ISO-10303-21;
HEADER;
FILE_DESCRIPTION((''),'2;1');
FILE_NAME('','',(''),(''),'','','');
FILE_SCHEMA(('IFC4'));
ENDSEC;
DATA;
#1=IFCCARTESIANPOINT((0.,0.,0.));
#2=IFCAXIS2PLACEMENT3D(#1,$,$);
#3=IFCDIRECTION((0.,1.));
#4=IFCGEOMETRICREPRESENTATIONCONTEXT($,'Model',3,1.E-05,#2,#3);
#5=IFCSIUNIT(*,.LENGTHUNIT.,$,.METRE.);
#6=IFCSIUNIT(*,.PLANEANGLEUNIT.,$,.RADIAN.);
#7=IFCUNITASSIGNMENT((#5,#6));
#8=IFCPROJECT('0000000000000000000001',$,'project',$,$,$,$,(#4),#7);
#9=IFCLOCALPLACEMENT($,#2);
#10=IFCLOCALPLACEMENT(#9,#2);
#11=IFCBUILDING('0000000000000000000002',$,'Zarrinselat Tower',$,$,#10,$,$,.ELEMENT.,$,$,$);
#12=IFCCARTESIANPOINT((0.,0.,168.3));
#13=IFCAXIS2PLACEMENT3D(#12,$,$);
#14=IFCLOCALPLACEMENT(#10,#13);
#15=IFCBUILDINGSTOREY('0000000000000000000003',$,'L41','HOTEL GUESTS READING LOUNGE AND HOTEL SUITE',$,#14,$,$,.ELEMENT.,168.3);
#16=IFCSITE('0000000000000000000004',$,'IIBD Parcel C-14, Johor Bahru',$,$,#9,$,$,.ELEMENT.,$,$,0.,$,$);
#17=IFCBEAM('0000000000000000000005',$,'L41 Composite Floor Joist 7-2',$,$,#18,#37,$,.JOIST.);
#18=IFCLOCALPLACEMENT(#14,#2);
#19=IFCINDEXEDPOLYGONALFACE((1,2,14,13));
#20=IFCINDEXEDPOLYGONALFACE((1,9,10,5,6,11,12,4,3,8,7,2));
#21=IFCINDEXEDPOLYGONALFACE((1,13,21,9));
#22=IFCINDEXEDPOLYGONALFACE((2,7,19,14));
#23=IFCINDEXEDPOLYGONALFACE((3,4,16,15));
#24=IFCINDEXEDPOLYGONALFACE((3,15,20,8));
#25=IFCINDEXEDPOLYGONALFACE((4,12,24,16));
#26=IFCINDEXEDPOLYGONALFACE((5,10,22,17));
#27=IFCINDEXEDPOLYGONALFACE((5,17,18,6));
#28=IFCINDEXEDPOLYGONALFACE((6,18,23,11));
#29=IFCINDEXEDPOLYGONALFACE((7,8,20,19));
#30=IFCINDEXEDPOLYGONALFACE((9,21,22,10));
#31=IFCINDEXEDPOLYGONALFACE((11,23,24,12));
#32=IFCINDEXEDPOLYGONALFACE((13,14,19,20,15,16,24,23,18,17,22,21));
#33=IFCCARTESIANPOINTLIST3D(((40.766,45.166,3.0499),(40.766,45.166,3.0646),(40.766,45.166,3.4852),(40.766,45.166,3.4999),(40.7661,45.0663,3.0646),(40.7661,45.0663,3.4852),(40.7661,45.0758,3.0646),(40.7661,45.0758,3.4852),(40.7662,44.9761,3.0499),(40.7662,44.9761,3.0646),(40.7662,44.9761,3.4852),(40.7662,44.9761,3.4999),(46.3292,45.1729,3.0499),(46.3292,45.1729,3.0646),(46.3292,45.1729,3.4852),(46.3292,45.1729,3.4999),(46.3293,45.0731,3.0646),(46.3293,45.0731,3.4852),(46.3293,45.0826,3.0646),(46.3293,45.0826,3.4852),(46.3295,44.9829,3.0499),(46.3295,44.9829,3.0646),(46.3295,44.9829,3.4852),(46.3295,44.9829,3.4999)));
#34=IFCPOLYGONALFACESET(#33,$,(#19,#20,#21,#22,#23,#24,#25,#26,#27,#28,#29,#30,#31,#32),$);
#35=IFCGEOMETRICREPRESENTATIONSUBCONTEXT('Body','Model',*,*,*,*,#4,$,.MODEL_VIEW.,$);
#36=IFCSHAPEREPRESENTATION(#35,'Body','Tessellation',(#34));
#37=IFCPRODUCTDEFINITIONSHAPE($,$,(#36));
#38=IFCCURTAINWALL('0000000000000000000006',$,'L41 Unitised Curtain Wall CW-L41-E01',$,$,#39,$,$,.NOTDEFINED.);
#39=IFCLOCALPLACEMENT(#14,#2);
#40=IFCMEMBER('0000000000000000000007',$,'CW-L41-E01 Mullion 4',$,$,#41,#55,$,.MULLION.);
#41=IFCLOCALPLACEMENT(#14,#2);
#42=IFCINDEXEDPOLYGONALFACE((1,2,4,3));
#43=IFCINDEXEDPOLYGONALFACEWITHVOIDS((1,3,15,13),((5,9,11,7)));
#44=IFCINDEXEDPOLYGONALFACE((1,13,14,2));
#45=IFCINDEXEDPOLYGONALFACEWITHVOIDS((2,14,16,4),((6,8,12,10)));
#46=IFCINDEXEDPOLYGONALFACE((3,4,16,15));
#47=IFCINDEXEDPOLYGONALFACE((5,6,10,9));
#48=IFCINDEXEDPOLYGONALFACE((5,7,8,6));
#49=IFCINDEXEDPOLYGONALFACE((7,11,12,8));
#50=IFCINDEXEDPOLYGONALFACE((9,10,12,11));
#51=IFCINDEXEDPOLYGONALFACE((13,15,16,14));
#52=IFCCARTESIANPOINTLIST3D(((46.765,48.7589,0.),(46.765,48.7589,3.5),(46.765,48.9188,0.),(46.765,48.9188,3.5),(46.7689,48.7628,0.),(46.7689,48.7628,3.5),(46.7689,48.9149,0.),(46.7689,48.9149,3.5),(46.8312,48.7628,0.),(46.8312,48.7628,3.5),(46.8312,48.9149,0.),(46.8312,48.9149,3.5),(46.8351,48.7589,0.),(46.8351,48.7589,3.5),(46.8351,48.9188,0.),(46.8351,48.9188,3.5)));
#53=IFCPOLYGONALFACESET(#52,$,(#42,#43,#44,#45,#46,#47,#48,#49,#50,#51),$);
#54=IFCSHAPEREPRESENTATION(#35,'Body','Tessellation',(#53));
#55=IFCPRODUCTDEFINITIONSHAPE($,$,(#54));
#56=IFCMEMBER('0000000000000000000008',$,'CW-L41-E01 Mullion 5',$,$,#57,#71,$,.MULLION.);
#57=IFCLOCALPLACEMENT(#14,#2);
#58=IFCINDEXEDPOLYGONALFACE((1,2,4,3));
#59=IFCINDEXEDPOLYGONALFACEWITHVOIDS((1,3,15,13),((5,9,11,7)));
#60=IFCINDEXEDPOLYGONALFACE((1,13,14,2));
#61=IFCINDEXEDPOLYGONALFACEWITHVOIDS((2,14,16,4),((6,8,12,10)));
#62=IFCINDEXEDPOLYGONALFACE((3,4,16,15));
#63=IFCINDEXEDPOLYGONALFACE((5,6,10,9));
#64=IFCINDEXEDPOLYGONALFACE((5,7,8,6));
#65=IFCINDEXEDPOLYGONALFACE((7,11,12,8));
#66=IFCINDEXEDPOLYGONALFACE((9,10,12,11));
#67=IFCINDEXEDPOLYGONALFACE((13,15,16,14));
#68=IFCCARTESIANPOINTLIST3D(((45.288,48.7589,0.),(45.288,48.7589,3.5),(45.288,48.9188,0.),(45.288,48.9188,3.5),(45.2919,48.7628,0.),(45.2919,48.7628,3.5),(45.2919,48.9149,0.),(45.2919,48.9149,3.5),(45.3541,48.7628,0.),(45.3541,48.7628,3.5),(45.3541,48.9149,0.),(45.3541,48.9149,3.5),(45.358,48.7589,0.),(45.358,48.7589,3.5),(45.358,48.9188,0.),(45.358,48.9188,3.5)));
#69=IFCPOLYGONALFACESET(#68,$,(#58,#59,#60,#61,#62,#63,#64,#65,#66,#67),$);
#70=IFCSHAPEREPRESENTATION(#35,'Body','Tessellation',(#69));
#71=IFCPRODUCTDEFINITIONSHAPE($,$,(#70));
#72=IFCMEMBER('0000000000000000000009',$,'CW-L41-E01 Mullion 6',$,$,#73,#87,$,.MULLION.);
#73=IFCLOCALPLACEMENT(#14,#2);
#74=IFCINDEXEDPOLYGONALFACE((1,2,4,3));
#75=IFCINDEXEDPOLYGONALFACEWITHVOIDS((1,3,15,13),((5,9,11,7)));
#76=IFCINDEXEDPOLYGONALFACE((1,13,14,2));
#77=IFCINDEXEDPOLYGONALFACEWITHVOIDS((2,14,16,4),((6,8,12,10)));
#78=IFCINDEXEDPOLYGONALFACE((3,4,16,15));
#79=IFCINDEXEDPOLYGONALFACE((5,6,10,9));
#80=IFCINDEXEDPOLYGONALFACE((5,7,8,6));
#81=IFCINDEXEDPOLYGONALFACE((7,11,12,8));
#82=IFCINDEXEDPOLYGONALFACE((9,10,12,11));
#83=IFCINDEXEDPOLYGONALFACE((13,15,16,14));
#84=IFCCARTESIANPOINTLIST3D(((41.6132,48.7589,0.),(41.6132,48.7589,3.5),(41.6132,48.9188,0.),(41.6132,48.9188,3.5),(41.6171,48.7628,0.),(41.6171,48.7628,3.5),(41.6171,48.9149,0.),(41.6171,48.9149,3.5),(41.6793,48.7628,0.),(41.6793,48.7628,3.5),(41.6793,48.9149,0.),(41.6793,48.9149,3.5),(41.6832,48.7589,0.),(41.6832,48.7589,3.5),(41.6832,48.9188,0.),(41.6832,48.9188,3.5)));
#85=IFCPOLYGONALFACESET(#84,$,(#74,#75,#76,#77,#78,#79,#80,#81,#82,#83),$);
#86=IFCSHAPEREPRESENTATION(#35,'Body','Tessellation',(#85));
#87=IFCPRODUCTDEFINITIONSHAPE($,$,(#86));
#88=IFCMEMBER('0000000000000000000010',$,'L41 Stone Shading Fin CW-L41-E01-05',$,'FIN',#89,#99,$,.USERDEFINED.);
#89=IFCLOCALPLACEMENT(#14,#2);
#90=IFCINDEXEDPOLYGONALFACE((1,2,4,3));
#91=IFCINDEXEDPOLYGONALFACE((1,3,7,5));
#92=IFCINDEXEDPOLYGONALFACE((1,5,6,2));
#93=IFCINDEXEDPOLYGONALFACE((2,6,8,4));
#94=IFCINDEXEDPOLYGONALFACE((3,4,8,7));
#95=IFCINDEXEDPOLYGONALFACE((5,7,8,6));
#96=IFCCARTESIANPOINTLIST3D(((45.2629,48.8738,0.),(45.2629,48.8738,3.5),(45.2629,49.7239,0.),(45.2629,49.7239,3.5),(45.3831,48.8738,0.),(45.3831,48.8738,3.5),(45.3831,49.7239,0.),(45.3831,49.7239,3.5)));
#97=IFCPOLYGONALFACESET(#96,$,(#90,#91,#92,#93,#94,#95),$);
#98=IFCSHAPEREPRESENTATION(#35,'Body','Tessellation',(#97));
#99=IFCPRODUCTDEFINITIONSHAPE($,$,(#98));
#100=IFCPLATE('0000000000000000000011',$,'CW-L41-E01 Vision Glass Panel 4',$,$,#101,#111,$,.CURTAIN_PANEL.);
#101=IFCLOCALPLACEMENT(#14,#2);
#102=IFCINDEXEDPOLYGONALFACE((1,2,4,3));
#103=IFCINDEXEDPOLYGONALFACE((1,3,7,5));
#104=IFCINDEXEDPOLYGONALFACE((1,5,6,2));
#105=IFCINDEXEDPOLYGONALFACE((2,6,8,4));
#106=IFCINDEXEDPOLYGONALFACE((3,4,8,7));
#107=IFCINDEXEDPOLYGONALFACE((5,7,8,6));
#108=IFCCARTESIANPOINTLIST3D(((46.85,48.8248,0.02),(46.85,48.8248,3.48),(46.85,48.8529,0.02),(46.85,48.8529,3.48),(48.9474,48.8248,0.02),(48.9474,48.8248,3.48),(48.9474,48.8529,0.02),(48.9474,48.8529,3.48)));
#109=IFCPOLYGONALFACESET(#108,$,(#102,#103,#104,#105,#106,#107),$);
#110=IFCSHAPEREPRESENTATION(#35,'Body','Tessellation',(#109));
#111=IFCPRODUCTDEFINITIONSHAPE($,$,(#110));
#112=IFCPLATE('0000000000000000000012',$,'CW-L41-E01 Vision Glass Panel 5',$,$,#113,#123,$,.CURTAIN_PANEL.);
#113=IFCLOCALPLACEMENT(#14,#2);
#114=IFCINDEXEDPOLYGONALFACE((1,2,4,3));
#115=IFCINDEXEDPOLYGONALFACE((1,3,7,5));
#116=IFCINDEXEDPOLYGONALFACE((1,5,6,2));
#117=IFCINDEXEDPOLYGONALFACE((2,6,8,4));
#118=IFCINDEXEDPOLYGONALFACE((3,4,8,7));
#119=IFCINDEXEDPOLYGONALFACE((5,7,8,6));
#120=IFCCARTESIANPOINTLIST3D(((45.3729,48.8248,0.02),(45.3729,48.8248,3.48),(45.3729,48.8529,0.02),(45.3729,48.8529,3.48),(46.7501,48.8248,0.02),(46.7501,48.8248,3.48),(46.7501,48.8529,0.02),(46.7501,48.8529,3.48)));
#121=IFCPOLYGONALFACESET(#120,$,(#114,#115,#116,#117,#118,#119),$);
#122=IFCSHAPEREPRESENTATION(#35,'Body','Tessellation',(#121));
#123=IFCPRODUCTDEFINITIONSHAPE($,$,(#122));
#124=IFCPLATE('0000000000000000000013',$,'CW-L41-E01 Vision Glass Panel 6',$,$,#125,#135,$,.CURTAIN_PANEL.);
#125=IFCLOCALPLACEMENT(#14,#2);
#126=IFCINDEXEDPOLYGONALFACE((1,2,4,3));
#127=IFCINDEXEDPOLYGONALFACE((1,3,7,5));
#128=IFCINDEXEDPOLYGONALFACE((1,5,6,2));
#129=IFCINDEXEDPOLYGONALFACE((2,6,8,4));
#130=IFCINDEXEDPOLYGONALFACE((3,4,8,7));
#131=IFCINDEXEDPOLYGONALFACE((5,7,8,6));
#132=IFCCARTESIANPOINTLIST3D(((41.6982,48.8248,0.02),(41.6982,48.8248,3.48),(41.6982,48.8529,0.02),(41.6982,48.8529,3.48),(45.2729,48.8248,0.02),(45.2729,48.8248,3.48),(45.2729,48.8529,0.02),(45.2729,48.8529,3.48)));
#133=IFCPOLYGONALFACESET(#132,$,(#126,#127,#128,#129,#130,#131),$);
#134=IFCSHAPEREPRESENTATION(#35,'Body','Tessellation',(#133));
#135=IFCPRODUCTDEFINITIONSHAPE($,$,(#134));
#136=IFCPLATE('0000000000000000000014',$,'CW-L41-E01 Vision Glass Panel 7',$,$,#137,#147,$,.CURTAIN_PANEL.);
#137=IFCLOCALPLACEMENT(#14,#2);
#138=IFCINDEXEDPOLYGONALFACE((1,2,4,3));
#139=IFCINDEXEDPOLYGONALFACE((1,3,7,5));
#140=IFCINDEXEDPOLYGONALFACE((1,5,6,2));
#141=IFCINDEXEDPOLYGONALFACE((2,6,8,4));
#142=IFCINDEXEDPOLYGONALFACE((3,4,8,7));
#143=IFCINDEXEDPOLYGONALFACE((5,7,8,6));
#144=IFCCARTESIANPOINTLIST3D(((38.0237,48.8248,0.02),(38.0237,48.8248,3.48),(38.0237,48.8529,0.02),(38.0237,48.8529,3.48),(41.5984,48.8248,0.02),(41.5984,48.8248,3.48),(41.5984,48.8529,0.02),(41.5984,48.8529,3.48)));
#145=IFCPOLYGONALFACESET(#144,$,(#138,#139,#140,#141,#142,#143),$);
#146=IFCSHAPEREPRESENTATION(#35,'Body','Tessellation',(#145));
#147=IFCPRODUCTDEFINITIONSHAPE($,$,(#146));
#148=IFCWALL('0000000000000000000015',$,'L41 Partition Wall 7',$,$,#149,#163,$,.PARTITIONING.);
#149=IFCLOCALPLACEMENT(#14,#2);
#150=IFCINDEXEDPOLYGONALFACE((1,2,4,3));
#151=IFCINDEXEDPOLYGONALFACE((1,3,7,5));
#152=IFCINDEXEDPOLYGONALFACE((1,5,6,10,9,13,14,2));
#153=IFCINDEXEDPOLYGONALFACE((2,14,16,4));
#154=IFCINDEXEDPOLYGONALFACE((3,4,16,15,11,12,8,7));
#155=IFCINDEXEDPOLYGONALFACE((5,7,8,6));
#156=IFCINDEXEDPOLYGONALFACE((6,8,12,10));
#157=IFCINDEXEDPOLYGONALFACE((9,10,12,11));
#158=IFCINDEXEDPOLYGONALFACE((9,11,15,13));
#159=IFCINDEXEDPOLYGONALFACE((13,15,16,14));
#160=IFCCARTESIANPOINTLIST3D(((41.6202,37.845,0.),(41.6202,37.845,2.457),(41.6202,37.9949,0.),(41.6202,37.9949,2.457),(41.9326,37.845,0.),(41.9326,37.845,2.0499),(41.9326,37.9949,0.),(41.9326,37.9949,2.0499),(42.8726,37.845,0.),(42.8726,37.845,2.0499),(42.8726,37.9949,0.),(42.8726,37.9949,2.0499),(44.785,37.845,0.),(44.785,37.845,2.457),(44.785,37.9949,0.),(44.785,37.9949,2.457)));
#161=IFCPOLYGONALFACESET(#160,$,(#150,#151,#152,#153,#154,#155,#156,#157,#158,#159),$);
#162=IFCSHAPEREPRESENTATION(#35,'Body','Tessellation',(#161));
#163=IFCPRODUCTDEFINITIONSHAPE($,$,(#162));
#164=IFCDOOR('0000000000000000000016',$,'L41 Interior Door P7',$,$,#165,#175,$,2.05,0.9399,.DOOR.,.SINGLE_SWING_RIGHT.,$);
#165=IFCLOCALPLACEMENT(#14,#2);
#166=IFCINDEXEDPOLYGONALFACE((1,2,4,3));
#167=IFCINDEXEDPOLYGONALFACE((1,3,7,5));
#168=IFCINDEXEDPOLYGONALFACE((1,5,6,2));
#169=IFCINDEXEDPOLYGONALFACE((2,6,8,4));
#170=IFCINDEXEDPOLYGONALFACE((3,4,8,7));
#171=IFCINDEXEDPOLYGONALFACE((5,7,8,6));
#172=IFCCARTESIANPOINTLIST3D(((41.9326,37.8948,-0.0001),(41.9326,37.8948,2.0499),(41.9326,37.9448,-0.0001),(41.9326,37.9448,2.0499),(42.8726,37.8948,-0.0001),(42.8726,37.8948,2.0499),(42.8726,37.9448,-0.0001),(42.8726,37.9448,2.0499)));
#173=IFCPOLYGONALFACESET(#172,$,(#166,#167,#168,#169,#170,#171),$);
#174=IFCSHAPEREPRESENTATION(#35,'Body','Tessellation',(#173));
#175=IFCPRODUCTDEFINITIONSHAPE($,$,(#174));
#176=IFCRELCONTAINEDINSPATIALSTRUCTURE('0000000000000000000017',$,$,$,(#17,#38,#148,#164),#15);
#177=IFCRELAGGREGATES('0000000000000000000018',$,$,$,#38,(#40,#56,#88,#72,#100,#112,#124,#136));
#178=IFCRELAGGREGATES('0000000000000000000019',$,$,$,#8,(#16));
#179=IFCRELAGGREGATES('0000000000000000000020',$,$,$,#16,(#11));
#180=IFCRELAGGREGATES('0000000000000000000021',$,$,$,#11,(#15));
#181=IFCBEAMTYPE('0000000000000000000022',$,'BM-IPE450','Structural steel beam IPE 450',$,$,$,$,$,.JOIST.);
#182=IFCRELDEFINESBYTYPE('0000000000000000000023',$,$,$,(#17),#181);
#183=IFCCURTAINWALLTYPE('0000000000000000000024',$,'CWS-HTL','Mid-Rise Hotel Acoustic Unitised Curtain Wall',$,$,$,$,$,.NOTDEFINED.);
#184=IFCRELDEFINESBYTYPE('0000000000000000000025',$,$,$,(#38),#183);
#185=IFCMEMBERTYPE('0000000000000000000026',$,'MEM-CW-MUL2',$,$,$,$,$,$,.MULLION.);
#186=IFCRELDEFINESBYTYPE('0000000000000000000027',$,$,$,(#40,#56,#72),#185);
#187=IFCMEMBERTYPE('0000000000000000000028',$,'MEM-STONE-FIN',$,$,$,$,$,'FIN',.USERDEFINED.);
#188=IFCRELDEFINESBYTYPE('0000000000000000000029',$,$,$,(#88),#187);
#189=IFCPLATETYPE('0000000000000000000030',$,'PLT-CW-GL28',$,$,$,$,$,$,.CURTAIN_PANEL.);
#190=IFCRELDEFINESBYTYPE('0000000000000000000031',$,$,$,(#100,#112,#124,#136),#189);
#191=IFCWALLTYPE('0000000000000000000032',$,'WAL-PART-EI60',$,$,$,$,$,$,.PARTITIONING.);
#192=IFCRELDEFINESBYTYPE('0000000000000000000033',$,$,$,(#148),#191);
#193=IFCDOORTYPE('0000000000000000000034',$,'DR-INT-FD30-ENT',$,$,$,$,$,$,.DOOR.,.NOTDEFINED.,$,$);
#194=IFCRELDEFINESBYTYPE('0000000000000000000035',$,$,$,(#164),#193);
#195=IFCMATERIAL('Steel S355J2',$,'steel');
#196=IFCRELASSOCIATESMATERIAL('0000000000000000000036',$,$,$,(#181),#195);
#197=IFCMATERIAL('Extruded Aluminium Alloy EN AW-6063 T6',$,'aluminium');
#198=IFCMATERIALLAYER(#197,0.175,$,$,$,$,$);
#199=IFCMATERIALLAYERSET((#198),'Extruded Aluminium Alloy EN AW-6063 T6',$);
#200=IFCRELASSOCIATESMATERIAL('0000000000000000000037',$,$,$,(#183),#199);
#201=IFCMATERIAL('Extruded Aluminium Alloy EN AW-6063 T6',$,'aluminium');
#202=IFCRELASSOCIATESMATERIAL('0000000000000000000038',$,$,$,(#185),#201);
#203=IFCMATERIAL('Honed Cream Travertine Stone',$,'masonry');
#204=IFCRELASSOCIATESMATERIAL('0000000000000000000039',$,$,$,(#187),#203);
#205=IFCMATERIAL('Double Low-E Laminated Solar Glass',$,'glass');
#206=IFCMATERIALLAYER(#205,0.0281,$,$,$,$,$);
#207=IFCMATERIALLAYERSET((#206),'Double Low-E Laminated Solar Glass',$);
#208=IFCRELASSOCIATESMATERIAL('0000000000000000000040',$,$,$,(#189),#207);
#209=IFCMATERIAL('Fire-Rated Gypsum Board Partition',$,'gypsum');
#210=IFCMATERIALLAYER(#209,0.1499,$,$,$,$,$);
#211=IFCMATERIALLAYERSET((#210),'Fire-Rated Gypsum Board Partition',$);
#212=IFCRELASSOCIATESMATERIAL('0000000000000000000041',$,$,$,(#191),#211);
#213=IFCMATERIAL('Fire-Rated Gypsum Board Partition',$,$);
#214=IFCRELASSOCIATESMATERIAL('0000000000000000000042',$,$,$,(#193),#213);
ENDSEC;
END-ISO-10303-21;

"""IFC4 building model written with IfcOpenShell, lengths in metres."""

from ifc_helpers import new_model, si_unit, direction, frame, frame_2d, origin, origin_2d, place, context, subcontext, project, spatial, rectangle, hollow_rectangle, i_section, extrude, material, layer, layer_set, material_profile, profile_set, type_object, element, fill, aggregate, save


model = new_model("IFC4")

# Units and contexts
model_context = context("Model", 3, precision=1e-05, world=origin(), true_north=direction((0.0, 1.0)))
body_context = subcontext(model_context, "Body", "Model", "MODEL_VIEW")
ifc_project = project(units=[si_unit("LENGTHUNIT", "METRE"), si_unit("PLANEANGLEUNIT", "RADIAN")], contexts=[model_context])

# Site, building, storey
site_placement = place(None, origin())
site = spatial("IfcSite", under=ifc_project, at=site_placement, Name="IIBD Parcel C-14, Johor Bahru", CompositionType="ELEMENT", RefElevation=0.0)
building_placement = place(site_placement, origin())
building = spatial("IfcBuilding", under=site, at=building_placement, Name="Zarrinselat Tower", CompositionType="ELEMENT")
storey_placement = place(building_placement, frame((0.0, 0.0, 168.3)))
storey = spatial("IfcBuildingStorey", under=building, at=storey_placement, Name="L41", Description="HOTEL GUESTS READING LOUNGE AND HOTEL SUITE", CompositionType="ELEMENT", Elevation=168.3)

# Beam
ifc_material_1 = material(Name="Steel S355J2", Category="steel")
ifc_material_profile_1 = material_profile(ifc_material_1, i_section(OverallWidth=0.1899, OverallDepth=0.45, WebThickness=0.0095, FlangeThickness=0.0146, at=origin_2d()), Name="IPE 450")
ifc_profile_set_1 = profile_set([ifc_material_profile_1], Name="Steel S355J2")
beam_type_1 = type_object("IfcBeamType", Name="BM-IPE450", Description="Structural steel beam IPE 450", PredefinedType="JOIST", material=ifc_profile_set_1)
beam_1_placement = place(storey_placement, frame((40.7661, 45.071, 3.2749), z_axis=(0.999999, 0.001229, 0.0), x_axis=(-0.001229, 0.999999, 0.0)))
element("IfcBeam", 1, at=beam_1_placement, inside=storey, type_object=beam_type_1, Name="L41 Composite Floor Joist 7-2", PredefinedType="JOIST", context=body_context, shape_type="SweptSolid", body=[
    extrude(i_section(OverallWidth=0.1899, OverallDepth=0.45, WebThickness=0.0095, FlangeThickness=0.0146, at=origin_2d()), origin(), (0.0, 0.0, 1.0), 5.5632),
])

# Curtain wall, members, plates
ifc_material_2 = material(Name="Extruded Aluminium Alloy EN AW-6063 T6", Category="aluminium")
ifc_layer_1 = layer(ifc_material_2, 0.175)
ifc_layer_set_1 = layer_set([ifc_layer_1], Name="Extruded Aluminium Alloy EN AW-6063 T6")
curtain_wall_type = type_object("IfcCurtainWallType", Name="CWS-HTL", Description="Mid-Rise Hotel Acoustic Unitised Curtain Wall", PredefinedType="NOTDEFINED", material=ifc_layer_set_1)
curtain_wall_placement = place(storey_placement, origin())
curtain_wall = element("IfcCurtainWall", 2, at=curtain_wall_placement, inside=storey, type_object=curtain_wall_type, Name="L41 Unitised Curtain Wall CW-L41-E01", PredefinedType="NOTDEFINED")
ifc_material_3 = material(Name="Extruded Aluminium Alloy EN AW-6063 T6", Category="aluminium")
ifc_material_profile_2 = material_profile(ifc_material_3, hollow_rectangle(XDim=0.0701, YDim=0.1599, WallThickness=0.0039, at=origin_2d()), Name="RHS 160x70x4")
ifc_profile_set_2 = profile_set([ifc_material_profile_2], Name="Extruded Aluminium Alloy EN AW-6063 T6")
member_type_1 = type_object("IfcMemberType", Name="MEM-CW-MUL2", PredefinedType="MULLION", material=ifc_profile_set_2)
member_1_placement = place(storey_placement, frame((46.8, 48.8389, 0.0), z_axis=(0.0, 0.0, 1.0), x_axis=(-1.0, 0.0, 0.0)))
member_1 = element("IfcMember", 3, at=member_1_placement, type_object=member_type_1, Name="CW-L41-E01 Mullion 4", PredefinedType="MULLION", context=body_context, shape_type="SweptSolid", body=[
    extrude(hollow_rectangle(XDim=0.0701, YDim=0.1599, WallThickness=0.0039, at=origin_2d()), origin(), (0.0, 0.0, 1.0), 3.5),
])
member_2_placement = place(storey_placement, frame((45.323, 48.8389, 0.0), z_axis=(0.0, 0.0, 1.0), x_axis=(-1.0, 0.0, 0.0)))
member_2 = element("IfcMember", 4, at=member_2_placement, type_object=member_type_1, Name="CW-L41-E01 Mullion 5", PredefinedType="MULLION", context=body_context, shape_type="SweptSolid", body=[
    extrude(hollow_rectangle(XDim=0.0701, YDim=0.1599, WallThickness=0.0039, at=origin_2d()), origin(), (0.0, 0.0, 1.0), 3.5),
])
member_3_placement = place(storey_placement, frame((41.6482, 48.8389, 0.0), z_axis=(0.0, 0.0, 1.0), x_axis=(-1.0, 0.0, 0.0)))
member_3 = element("IfcMember", 5, at=member_3_placement, type_object=member_type_1, Name="CW-L41-E01 Mullion 6", PredefinedType="MULLION", context=body_context, shape_type="SweptSolid", body=[
    extrude(hollow_rectangle(XDim=0.0701, YDim=0.1599, WallThickness=0.0039, at=origin_2d()), origin(), (0.0, 0.0, 1.0), 3.5),
])
ifc_material_4 = material(Name="Honed Cream Travertine Stone", Category="masonry")
ifc_material_profile_3 = material_profile(ifc_material_4, rectangle(XDim=0.1201, YDim=0.8501, at=origin_2d()), Name="FIN 850x120")
ifc_profile_set_3 = profile_set([ifc_material_profile_3], Name="Honed Cream Travertine Stone")
member_type_2 = type_object("IfcMemberType", Name="MEM-STONE-FIN", ElementType="FIN", PredefinedType="USERDEFINED", material=ifc_profile_set_3)
member_4_placement = place(storey_placement, frame((45.323, 49.2988, 0.0), z_axis=(0.0, 0.0, 1.0), x_axis=(1.0, 0.0, 0.0)))
member_4 = element("IfcMember", 6, at=member_4_placement, type_object=member_type_2, Name="L41 Stone Shading Fin CW-L41-E01-05", ObjectType="FIN", PredefinedType="USERDEFINED", context=body_context, shape_type="SweptSolid", body=[
    extrude(rectangle(XDim=0.1201, YDim=0.8501, at=origin_2d()), origin(), (0.0, 0.0, 1.0), 3.5),
])
ifc_material_5 = material(Name="Double Low-E Laminated Solar Glass", Category="glass")
ifc_layer_2 = layer(ifc_material_5, 0.0281)
ifc_layer_set_2 = layer_set([ifc_layer_2], Name="Double Low-E Laminated Solar Glass")
plate_type = type_object("IfcPlateType", Name="PLT-CW-GL28", PredefinedType="CURTAIN_PANEL", material=ifc_layer_set_2)
plate_1_placement = place(storey_placement, frame((47.8987, 48.8389, 0.02), z_axis=(0.0, 0.0, 1.0), x_axis=(-1.0, 0.0, 0.0)))
plate_1 = element("IfcPlate", 7, at=plate_1_placement, type_object=plate_type, Name="CW-L41-E01 Vision Glass Panel 4", PredefinedType="CURTAIN_PANEL", context=body_context, shape_type="SweptSolid", body=[
    extrude(rectangle(XDim=2.0974, YDim=0.0281, at=origin_2d()), origin(), (0.0, 0.0, 1.0), 3.46),
])
plate_2_placement = place(storey_placement, frame((46.0615, 48.8389, 0.02), z_axis=(0.0, 0.0, 1.0), x_axis=(-1.0, 0.0, 0.0)))
plate_2 = element("IfcPlate", 8, at=plate_2_placement, type_object=plate_type, Name="CW-L41-E01 Vision Glass Panel 5", PredefinedType="CURTAIN_PANEL", context=body_context, shape_type="SweptSolid", body=[
    extrude(rectangle(XDim=1.3772, YDim=0.0281, at=origin_2d()), origin(), (0.0, 0.0, 1.0), 3.46),
])
plate_3_placement = place(storey_placement, frame((43.4856, 48.8389, 0.02), z_axis=(0.0, 0.0, 1.0), x_axis=(-1.0, 0.0, 0.0)))
plate_3 = element("IfcPlate", 9, at=plate_3_placement, type_object=plate_type, Name="CW-L41-E01 Vision Glass Panel 6", PredefinedType="CURTAIN_PANEL", context=body_context, shape_type="SweptSolid", body=[
    extrude(rectangle(XDim=3.5747, YDim=0.0281, at=origin_2d()), origin(), (0.0, 0.0, 1.0), 3.46),
])
plate_4_placement = place(storey_placement, frame((39.811, 48.8389, 0.02), z_axis=(0.0, 0.0, 1.0), x_axis=(-1.0, 0.0, 0.0)))
plate_4 = element("IfcPlate", 10, at=plate_4_placement, type_object=plate_type, Name="CW-L41-E01 Vision Glass Panel 7", PredefinedType="CURTAIN_PANEL", context=body_context, shape_type="SweptSolid", body=[
    extrude(rectangle(XDim=3.5747, YDim=0.0281, at=origin_2d()), origin(), (0.0, 0.0, 1.0), 3.46),
])
aggregate(curtain_wall, [member_1, member_2, member_4, member_3, plate_1, plate_2, plate_3, plate_4])

# Wall, opening, door
ifc_material_6 = material(Name="Fire-Rated Gypsum Board Partition", Category="gypsum")
ifc_layer_3 = layer(ifc_material_6, 0.1499)
ifc_layer_set_3 = layer_set([ifc_layer_3], Name="Fire-Rated Gypsum Board Partition")
wall_type_1 = type_object("IfcWallType", Name="WAL-PART-EI60", PredefinedType="PARTITIONING", material=ifc_layer_set_3)
wall_1_placement = place(storey_placement, frame((41.6201, 37.9199, 0.0), z_axis=(0.0, 0.0, 1.0), x_axis=(1.0, 0.0, 0.0)))
wall_1 = element("IfcWall", 11, at=wall_1_placement, inside=storey, type_object=wall_type_1, Name="L41 Partition Wall 7", PredefinedType="PARTITIONING", context=body_context, shape_type="SweptSolid", body=[
    extrude(rectangle(XDim=3.1648, YDim=0.1499, at=frame_2d((1.5825, 0.0))), origin(), (0.0, 0.0, 1.0), 2.457),
])
opening_placement = place(wall_1_placement, frame((0.3125, 0.0, 0.0)))
opening = element("IfcOpeningElement", 12, at=opening_placement, cuts=wall_1, PredefinedType="OPENING", context=body_context, shape_type="SweptSolid", body=[
    extrude(rectangle(XDim=0.9399, YDim=2.05, at=frame_2d((0.47, 1.0249))), frame((0.0, 0.085, 0.0), z_axis=(0.0, -1.0, 0.0), x_axis=(1.0, 0.0, 0.0)), (0.0, 0.0, 1.0), 0.1699),
])
ifc_material_7 = material(Name="Fire-Rated Gypsum Board Partition")
door_type = type_object("IfcDoorType", Name="DR-INT-FD30-ENT", OperationType="NOTDEFINED", PredefinedType="DOOR", material=ifc_material_7)
door_placement = place(opening_placement, origin())
door = element("IfcDoor", 13, at=door_placement, inside=storey, type_object=door_type, Name="L41 Interior Door P7", OperationType="SINGLE_SWING_RIGHT", OverallHeight=2.05, OverallWidth=0.9399, PredefinedType="DOOR", context=body_context, shape_type="SweptSolid", body=[
    extrude(rectangle(XDim=0.9399, YDim=2.05, at=frame_2d((0.47, 1.0249))), frame((0.0, 0.0249, 0.0), z_axis=(0.0, -1.0, 0.0), x_axis=(1.0, 0.0, 0.0)), (0.0, 0.0, 1.0), 0.05),
])
fill(opening, door)

save(model, "model.ifc")
